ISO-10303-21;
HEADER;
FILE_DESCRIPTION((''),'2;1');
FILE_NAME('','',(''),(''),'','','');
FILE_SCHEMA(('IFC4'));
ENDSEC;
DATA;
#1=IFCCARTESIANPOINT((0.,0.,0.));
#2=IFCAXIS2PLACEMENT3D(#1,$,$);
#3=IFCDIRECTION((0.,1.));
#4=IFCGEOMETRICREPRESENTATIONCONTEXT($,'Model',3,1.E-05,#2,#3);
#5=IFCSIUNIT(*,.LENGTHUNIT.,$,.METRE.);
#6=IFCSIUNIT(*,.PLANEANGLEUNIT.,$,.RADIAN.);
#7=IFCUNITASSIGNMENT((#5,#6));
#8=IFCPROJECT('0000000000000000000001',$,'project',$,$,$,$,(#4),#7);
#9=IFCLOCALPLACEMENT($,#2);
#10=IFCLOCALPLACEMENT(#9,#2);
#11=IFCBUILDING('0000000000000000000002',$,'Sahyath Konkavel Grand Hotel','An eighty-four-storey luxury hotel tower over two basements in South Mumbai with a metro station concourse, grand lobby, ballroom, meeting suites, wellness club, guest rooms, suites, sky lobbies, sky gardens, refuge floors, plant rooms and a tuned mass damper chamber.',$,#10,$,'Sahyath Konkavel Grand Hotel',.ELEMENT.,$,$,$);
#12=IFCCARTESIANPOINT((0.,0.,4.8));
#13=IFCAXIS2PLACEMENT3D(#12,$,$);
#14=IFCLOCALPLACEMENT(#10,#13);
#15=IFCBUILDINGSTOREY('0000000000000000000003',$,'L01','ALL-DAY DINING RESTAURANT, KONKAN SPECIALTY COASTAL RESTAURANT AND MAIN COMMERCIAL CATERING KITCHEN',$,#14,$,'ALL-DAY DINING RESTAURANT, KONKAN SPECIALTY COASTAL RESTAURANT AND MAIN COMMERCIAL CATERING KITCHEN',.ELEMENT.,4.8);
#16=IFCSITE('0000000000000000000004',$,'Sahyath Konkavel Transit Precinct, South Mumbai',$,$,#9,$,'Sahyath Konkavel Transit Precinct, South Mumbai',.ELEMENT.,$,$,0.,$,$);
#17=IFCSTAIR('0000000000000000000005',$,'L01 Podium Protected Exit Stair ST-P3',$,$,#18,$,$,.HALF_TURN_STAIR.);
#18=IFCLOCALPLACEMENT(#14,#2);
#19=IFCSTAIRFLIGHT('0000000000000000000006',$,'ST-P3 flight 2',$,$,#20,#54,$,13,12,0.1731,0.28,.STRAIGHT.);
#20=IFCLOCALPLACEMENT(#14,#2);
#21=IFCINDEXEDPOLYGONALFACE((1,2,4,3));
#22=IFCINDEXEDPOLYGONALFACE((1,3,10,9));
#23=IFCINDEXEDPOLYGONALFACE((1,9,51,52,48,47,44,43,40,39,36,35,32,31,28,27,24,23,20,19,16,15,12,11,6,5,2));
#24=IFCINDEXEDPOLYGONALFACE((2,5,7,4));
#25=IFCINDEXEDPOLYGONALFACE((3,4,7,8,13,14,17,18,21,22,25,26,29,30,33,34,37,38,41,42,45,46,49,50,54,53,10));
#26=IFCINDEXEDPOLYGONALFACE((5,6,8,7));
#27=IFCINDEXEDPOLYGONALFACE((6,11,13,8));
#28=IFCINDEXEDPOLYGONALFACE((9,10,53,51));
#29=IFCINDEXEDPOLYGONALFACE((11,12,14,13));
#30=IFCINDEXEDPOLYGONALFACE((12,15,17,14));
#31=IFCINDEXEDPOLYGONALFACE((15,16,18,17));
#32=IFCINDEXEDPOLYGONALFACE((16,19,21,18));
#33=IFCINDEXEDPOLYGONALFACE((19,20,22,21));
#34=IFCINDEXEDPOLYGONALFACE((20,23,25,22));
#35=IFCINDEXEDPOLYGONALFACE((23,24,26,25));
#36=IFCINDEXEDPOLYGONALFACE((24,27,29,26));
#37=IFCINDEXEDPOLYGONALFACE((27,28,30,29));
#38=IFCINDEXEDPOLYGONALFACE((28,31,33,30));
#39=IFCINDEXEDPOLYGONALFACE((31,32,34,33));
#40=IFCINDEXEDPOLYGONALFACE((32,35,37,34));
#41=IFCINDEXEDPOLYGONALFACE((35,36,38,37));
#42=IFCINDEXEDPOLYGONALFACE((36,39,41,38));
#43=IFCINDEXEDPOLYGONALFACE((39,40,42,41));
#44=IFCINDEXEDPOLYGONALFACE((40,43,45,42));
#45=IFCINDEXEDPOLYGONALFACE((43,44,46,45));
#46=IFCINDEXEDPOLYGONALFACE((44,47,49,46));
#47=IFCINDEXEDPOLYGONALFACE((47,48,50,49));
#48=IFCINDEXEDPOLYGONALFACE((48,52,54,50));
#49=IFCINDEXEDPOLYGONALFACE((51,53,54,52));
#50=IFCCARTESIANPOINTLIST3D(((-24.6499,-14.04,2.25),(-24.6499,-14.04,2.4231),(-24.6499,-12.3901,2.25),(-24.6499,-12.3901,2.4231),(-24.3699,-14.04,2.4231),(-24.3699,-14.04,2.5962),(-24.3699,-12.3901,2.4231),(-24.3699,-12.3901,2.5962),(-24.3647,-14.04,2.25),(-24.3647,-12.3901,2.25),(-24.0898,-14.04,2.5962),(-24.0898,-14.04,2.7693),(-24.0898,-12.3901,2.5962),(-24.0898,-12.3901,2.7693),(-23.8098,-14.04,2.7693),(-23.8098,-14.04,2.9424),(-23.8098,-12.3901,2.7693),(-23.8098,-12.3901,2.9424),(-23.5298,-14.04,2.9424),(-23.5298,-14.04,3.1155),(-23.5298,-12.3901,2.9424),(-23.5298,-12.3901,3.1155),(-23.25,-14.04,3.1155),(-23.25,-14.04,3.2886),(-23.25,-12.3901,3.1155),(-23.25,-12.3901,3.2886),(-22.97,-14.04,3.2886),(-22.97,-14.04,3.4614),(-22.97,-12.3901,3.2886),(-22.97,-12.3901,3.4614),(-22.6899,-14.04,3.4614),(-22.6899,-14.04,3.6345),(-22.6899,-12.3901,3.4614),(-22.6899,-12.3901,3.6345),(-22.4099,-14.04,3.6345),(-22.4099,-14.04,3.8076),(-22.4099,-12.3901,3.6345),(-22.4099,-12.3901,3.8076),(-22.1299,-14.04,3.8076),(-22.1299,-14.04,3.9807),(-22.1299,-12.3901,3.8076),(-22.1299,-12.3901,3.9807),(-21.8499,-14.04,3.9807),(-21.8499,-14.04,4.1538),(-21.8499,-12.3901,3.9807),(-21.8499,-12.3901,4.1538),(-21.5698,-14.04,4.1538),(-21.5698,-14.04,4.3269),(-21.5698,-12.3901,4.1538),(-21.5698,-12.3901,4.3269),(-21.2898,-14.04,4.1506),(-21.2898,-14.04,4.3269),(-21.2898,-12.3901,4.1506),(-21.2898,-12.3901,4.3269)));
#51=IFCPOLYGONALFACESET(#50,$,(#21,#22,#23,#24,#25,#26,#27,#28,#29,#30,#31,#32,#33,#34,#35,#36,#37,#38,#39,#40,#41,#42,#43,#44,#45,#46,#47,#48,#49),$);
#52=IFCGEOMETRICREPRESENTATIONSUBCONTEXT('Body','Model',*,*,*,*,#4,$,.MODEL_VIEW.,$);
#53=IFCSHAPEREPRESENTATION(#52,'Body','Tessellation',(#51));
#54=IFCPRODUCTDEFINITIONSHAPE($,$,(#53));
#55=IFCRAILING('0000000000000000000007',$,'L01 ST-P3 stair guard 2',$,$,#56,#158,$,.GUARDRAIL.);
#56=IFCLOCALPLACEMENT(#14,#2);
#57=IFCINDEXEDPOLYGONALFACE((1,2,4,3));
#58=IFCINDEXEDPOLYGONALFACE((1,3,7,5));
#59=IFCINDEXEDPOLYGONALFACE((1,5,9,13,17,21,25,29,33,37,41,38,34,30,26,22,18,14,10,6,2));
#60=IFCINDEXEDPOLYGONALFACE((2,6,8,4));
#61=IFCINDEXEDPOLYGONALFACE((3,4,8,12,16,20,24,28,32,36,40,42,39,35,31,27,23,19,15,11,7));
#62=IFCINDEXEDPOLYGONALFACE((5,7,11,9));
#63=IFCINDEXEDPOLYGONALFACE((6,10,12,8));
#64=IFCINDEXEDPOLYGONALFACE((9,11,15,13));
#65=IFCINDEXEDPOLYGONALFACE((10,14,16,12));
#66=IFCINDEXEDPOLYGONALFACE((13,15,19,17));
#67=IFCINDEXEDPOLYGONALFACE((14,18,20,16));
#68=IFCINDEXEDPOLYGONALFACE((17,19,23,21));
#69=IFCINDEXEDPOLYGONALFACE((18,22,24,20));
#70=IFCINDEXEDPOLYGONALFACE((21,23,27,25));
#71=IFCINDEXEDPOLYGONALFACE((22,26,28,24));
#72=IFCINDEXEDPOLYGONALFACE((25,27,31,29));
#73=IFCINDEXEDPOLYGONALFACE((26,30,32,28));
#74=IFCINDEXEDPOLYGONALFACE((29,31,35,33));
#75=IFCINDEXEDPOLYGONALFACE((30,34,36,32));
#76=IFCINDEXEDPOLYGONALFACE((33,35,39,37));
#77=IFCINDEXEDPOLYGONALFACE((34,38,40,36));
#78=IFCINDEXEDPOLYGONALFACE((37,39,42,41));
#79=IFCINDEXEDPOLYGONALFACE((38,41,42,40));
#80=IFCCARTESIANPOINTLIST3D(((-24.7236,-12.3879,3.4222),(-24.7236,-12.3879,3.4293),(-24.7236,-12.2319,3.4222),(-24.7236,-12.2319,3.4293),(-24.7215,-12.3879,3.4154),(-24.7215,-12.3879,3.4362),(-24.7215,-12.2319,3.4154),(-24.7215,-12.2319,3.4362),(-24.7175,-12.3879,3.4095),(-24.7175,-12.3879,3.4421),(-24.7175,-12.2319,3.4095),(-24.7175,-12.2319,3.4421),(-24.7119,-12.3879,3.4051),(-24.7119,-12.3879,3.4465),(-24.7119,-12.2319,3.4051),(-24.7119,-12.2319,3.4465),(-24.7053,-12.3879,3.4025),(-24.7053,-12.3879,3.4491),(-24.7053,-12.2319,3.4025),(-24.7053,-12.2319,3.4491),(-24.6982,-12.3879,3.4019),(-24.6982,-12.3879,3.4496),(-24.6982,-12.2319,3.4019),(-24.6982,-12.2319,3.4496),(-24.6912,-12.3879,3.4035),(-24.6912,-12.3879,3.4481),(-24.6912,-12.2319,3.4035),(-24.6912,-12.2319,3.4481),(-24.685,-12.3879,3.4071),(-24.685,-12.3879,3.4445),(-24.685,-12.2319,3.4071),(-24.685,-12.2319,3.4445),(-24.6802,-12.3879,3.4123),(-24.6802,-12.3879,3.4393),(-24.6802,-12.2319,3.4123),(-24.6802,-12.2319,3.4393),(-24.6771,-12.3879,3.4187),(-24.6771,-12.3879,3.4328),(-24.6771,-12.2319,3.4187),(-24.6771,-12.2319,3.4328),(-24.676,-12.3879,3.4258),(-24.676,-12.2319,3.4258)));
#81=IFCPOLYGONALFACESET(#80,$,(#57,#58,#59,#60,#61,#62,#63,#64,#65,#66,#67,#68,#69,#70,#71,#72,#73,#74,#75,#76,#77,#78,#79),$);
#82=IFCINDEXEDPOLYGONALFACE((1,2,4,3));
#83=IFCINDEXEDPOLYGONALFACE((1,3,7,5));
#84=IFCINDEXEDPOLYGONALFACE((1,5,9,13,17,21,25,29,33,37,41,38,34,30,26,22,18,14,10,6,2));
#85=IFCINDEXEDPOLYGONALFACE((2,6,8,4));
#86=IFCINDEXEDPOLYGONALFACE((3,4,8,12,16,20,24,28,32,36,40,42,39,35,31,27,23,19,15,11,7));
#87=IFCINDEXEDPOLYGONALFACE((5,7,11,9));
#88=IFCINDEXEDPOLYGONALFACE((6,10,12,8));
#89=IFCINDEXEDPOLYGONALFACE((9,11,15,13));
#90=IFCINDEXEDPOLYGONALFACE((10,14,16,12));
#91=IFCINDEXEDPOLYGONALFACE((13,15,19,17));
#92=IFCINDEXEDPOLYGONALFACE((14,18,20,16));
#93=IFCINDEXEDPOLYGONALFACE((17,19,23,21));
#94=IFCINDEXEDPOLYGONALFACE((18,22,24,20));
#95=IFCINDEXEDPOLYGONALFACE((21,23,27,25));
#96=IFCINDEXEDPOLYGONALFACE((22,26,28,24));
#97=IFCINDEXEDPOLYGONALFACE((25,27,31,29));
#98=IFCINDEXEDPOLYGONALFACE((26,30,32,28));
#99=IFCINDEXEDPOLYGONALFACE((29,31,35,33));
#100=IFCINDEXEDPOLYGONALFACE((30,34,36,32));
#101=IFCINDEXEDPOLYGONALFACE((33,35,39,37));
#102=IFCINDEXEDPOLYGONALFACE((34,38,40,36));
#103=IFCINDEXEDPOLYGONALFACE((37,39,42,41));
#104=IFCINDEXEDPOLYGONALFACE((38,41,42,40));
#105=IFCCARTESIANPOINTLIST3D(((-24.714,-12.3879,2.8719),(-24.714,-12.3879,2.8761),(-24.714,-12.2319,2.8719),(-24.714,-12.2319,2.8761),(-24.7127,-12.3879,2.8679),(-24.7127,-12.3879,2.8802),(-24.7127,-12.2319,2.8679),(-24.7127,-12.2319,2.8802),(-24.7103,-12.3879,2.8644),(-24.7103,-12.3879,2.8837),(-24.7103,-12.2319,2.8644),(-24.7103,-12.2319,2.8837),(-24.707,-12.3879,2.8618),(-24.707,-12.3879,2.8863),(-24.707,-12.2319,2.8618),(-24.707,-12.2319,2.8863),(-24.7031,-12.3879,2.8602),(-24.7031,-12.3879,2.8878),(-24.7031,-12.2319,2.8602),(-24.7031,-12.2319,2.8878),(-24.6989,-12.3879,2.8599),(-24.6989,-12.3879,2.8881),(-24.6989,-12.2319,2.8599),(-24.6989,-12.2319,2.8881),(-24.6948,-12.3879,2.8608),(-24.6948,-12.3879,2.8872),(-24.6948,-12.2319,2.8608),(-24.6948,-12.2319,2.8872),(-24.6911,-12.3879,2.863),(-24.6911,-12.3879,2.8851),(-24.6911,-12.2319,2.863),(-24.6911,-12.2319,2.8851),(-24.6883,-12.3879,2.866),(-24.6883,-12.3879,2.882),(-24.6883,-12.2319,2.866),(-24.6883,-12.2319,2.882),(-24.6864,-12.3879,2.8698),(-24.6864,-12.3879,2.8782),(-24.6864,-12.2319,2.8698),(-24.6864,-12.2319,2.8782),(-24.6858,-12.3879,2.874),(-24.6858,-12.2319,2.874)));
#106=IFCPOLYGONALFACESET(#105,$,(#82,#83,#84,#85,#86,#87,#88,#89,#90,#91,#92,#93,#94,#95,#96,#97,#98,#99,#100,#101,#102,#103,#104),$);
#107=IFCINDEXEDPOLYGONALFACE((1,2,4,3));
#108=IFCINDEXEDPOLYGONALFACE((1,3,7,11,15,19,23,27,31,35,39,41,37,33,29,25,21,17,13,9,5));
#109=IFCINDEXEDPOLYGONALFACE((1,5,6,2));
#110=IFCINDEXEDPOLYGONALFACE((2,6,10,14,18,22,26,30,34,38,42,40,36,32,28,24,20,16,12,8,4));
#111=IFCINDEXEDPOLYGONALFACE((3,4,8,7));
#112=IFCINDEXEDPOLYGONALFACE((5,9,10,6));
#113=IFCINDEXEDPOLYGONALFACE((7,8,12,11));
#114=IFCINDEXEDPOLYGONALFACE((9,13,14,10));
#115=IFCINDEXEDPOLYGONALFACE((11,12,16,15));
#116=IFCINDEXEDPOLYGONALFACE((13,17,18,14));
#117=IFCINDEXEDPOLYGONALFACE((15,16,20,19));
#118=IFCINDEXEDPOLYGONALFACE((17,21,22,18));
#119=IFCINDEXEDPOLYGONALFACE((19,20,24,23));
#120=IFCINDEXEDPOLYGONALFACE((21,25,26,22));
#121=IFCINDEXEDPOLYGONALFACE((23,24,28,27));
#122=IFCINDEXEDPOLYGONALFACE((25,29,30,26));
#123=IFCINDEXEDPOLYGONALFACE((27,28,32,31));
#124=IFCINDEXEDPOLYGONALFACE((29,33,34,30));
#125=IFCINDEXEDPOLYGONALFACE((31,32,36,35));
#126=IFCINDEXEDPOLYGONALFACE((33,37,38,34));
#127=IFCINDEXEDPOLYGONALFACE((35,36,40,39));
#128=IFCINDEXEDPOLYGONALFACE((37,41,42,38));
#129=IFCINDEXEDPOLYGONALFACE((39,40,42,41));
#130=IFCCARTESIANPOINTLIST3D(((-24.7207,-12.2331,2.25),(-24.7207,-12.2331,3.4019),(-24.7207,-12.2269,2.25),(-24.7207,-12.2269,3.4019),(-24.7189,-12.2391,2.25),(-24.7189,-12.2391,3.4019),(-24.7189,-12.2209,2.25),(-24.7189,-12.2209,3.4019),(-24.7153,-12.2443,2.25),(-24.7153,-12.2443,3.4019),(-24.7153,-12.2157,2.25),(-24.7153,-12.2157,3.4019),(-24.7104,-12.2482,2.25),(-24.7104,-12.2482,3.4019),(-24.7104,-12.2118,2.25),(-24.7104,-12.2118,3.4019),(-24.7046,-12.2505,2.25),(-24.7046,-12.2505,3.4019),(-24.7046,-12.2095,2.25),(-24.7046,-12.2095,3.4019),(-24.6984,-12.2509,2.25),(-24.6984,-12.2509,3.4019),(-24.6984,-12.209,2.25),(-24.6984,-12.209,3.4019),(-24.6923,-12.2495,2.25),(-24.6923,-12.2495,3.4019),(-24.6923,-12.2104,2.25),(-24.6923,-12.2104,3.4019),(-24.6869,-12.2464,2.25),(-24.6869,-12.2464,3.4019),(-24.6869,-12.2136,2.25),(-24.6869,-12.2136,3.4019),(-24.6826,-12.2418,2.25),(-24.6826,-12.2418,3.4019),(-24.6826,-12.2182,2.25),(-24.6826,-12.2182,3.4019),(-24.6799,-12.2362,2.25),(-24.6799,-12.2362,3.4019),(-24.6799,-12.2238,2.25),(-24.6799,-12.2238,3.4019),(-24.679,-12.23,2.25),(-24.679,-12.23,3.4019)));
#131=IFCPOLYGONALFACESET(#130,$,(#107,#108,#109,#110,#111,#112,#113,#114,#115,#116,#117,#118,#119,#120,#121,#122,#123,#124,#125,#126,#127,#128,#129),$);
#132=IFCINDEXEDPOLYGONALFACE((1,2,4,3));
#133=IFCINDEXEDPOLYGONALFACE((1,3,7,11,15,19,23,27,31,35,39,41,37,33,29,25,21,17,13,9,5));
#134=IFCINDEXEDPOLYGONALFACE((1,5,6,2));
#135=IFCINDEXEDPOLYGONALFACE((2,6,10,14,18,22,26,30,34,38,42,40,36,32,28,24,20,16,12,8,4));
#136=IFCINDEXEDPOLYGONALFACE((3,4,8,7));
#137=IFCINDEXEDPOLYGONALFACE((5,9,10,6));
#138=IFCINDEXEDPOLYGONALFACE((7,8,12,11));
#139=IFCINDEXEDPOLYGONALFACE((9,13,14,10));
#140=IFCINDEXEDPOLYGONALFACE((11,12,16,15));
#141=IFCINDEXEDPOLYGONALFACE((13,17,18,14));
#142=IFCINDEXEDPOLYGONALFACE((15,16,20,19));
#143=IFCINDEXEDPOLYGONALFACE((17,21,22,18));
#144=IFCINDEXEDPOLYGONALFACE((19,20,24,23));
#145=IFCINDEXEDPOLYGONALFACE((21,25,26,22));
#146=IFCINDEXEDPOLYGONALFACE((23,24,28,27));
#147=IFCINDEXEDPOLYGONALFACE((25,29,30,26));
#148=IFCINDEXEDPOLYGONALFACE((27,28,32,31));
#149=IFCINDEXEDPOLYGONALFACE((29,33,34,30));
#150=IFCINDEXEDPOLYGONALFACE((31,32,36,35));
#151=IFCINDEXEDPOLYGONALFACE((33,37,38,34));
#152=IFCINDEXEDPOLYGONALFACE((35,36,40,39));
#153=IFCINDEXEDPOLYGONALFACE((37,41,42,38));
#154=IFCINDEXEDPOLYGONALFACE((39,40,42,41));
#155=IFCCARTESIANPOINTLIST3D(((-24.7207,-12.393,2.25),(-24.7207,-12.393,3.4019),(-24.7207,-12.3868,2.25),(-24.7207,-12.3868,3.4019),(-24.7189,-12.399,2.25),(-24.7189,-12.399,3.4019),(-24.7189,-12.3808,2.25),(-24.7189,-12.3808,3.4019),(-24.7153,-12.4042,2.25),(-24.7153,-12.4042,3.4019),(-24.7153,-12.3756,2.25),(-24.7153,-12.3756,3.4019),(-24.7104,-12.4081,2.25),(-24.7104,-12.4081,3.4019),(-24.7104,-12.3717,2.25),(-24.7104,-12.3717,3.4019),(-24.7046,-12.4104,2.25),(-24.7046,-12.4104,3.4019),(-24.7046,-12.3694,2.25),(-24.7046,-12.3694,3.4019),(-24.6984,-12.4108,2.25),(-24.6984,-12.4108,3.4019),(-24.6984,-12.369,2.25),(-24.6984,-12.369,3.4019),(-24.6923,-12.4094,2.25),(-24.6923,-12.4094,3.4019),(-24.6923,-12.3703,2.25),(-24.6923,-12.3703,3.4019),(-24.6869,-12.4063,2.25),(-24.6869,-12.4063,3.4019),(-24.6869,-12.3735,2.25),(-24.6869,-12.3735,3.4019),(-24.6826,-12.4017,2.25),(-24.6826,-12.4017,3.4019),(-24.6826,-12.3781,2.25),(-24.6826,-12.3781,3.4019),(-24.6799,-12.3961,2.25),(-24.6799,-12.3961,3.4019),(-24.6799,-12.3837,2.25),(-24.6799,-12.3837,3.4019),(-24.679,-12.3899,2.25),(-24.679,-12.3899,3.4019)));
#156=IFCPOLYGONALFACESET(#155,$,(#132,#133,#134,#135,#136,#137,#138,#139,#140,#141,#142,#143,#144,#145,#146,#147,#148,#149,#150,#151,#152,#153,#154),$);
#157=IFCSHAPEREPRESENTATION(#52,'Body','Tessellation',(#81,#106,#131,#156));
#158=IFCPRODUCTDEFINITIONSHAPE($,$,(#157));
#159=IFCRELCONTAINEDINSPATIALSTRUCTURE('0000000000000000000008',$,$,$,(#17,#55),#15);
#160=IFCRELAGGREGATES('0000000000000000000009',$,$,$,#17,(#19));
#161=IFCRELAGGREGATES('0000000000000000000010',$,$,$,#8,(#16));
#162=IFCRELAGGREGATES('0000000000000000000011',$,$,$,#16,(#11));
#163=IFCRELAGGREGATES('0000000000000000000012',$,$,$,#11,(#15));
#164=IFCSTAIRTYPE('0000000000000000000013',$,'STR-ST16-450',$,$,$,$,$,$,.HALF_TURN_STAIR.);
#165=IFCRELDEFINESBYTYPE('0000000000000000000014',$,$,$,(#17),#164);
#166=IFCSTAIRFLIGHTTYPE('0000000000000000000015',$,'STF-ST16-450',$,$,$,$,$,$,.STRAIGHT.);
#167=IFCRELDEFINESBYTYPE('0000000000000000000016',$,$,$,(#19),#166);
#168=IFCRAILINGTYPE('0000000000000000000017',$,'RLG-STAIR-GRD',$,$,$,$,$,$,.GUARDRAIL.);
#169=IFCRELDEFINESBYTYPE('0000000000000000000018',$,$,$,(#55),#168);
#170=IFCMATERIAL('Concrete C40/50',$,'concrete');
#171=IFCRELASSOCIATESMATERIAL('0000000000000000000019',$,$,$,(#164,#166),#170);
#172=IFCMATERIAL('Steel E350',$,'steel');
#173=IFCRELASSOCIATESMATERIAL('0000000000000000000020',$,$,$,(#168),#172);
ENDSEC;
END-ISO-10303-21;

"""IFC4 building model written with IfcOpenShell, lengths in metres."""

from ifc_helpers import new_model, si_unit, direction, frame, origin, origin_2d, place, context, subcontext, project, spatial, polyline, circle, outline, extrude, material, type_object, element, aggregate, save


model = new_model("IFC4")

# Units and contexts
model_context = context("Model", 3, precision=1e-05, world=origin(), true_north=direction((0.0, 1.0)))
body_context = subcontext(model_context, "Body", "Model", "MODEL_VIEW")
ifc_project = project(units=[si_unit("LENGTHUNIT", "METRE"), si_unit("PLANEANGLEUNIT", "RADIAN")], contexts=[model_context])

# Site, building, storey
site_placement = place(None, origin())
site = spatial("IfcSite", under=ifc_project, at=site_placement, Name="Sahyath Konkavel Transit Precinct, South Mumbai", LongName="Sahyath Konkavel Transit Precinct, South Mumbai", CompositionType="ELEMENT", RefElevation=0.0)
building_placement = place(site_placement, origin())
building = spatial("IfcBuilding", under=site, at=building_placement, Name="Sahyath Konkavel Grand Hotel", Description="An eighty-four-storey luxury hotel tower over two basements in South Mumbai with a metro station concourse, grand lobby, ballroom, meeting suites, wellness club, guest rooms, suites, sky lobbies, sky gardens, refuge floors, plant rooms and a tuned mass damper chamber.", LongName="Sahyath Konkavel Grand Hotel", CompositionType="ELEMENT")
storey_placement = place(building_placement, frame((0.0, 0.0, 4.8)))
storey = spatial("IfcBuildingStorey", under=building, at=storey_placement, Name="L01", Description="ALL-DAY DINING RESTAURANT, KONKAN SPECIALTY COASTAL RESTAURANT AND MAIN COMMERCIAL CATERING KITCHEN", LongName="ALL-DAY DINING RESTAURANT, KONKAN SPECIALTY COASTAL RESTAURANT AND MAIN COMMERCIAL CATERING KITCHEN", CompositionType="ELEMENT", Elevation=4.8)

# Shared definitions
ifc_material_1 = material(Name="Steel E350", Category="steel")

# Shared definitions
ifc_material_2 = material(Name="Concrete C40/50", Category="concrete")

# Stair, stair flight
stair_type = type_object("IfcStairType", Name="STR-ST16-450", PredefinedType="HALF_TURN_STAIR", material=ifc_material_2)
stair_placement = place(storey_placement, origin())
stair = element("IfcStair", 1, at=stair_placement, inside=storey, type_object=stair_type, Name="L01 Podium Protected Exit Stair ST-P3", PredefinedType="HALF_TURN_STAIR")
stair_flight_type = type_object("IfcStairFlightType", Name="STF-ST16-450", PredefinedType="STRAIGHT", material=ifc_material_2)
stair_flight_placement = place(storey_placement, frame((-24.6499, -13.2151, 2.25), z_axis=(0.0, 0.0, 1.0), x_axis=(1.0, 0.0, 0.0)))
stair_flight = element("IfcStairFlight", 2, at=stair_flight_placement, type_object=stair_flight_type, Name="ST-P3 flight 2", NumberOfRisers=13, NumberOfTreads=12, PredefinedType="STRAIGHT", RiserHeight=0.1731, TreadLength=0.28, context=body_context, shape_type="SweptSolid", body=[
    extrude(outline(polyline([(0.0, 0.0), (0.0, 0.1731), (0.28, 0.1731), (0.28, 0.3462), (0.5601, 0.3462), (0.5601, 0.5193), (0.8401, 0.5193), (0.8401, 0.6924), (1.1201, 0.6924), (1.1201, 0.8655), (1.3999, 0.8655), (1.3999, 1.0386), (1.6799, 1.0386), (1.6799, 1.2114), (1.96, 1.2114), (1.96, 1.3845), (2.24, 1.3845), (2.24, 1.5576), (2.52, 1.5576), (2.52, 1.7307), (2.8, 1.7307), (2.8, 1.9038), (3.0801, 1.9038), (3.0801, 2.0769), (3.3601, 2.0769), (3.3601, 2.25), (3.3601, 1.9006), (0.2852, 0.0), (0.0, 0.0)])), frame((0.0, 0.825, 0.0), z_axis=(0.0, -1.0, 0.0), x_axis=(1.0, 0.0, 0.0)), (0.0, 0.0, 1.0), 1.6499),
])
aggregate(stair, [stair_flight])

# Railing
railing_type_1 = type_object("IfcRailingType", Name="RLG-STAIR-GRD", PredefinedType="GUARDRAIL", material=ifc_material_1)
railing_1_placement = place(storey_placement, frame((-24.7, -12.23, 2.25)))
element("IfcRailing", 3, at=railing_1_placement, inside=storey, type_object=railing_type_1, Name="L01 ST-P3 stair guard 2", PredefinedType="GUARDRAIL", context=body_context, shape_type="SweptSolid", body=[
    extrude(circle(Radius=0.0239, at=origin_2d()), frame((0.0, -0.002, 1.1758), z_axis=(0.0, -1.0, 0.0), x_axis=(1.0, 0.0, 0.0)), (0.0, 0.0, 1.0), 0.156),
    extrude(circle(Radius=0.0142, at=origin_2d()), frame((0.0, -0.002, 0.624), z_axis=(0.0, -1.0, 0.0), x_axis=(1.0, 0.0, 0.0)), (0.0, 0.0, 1.0), 0.156),
    extrude(circle(Radius=0.021, at=origin_2d()), origin(), (0.0, 0.0, 1.0), 1.1519),
    extrude(circle(Radius=0.021, at=origin_2d()), frame((0.0, -0.1599, 0.0)), (0.0, 0.0, 1.0), 1.1519),
])

save(model, "model.ifc")
